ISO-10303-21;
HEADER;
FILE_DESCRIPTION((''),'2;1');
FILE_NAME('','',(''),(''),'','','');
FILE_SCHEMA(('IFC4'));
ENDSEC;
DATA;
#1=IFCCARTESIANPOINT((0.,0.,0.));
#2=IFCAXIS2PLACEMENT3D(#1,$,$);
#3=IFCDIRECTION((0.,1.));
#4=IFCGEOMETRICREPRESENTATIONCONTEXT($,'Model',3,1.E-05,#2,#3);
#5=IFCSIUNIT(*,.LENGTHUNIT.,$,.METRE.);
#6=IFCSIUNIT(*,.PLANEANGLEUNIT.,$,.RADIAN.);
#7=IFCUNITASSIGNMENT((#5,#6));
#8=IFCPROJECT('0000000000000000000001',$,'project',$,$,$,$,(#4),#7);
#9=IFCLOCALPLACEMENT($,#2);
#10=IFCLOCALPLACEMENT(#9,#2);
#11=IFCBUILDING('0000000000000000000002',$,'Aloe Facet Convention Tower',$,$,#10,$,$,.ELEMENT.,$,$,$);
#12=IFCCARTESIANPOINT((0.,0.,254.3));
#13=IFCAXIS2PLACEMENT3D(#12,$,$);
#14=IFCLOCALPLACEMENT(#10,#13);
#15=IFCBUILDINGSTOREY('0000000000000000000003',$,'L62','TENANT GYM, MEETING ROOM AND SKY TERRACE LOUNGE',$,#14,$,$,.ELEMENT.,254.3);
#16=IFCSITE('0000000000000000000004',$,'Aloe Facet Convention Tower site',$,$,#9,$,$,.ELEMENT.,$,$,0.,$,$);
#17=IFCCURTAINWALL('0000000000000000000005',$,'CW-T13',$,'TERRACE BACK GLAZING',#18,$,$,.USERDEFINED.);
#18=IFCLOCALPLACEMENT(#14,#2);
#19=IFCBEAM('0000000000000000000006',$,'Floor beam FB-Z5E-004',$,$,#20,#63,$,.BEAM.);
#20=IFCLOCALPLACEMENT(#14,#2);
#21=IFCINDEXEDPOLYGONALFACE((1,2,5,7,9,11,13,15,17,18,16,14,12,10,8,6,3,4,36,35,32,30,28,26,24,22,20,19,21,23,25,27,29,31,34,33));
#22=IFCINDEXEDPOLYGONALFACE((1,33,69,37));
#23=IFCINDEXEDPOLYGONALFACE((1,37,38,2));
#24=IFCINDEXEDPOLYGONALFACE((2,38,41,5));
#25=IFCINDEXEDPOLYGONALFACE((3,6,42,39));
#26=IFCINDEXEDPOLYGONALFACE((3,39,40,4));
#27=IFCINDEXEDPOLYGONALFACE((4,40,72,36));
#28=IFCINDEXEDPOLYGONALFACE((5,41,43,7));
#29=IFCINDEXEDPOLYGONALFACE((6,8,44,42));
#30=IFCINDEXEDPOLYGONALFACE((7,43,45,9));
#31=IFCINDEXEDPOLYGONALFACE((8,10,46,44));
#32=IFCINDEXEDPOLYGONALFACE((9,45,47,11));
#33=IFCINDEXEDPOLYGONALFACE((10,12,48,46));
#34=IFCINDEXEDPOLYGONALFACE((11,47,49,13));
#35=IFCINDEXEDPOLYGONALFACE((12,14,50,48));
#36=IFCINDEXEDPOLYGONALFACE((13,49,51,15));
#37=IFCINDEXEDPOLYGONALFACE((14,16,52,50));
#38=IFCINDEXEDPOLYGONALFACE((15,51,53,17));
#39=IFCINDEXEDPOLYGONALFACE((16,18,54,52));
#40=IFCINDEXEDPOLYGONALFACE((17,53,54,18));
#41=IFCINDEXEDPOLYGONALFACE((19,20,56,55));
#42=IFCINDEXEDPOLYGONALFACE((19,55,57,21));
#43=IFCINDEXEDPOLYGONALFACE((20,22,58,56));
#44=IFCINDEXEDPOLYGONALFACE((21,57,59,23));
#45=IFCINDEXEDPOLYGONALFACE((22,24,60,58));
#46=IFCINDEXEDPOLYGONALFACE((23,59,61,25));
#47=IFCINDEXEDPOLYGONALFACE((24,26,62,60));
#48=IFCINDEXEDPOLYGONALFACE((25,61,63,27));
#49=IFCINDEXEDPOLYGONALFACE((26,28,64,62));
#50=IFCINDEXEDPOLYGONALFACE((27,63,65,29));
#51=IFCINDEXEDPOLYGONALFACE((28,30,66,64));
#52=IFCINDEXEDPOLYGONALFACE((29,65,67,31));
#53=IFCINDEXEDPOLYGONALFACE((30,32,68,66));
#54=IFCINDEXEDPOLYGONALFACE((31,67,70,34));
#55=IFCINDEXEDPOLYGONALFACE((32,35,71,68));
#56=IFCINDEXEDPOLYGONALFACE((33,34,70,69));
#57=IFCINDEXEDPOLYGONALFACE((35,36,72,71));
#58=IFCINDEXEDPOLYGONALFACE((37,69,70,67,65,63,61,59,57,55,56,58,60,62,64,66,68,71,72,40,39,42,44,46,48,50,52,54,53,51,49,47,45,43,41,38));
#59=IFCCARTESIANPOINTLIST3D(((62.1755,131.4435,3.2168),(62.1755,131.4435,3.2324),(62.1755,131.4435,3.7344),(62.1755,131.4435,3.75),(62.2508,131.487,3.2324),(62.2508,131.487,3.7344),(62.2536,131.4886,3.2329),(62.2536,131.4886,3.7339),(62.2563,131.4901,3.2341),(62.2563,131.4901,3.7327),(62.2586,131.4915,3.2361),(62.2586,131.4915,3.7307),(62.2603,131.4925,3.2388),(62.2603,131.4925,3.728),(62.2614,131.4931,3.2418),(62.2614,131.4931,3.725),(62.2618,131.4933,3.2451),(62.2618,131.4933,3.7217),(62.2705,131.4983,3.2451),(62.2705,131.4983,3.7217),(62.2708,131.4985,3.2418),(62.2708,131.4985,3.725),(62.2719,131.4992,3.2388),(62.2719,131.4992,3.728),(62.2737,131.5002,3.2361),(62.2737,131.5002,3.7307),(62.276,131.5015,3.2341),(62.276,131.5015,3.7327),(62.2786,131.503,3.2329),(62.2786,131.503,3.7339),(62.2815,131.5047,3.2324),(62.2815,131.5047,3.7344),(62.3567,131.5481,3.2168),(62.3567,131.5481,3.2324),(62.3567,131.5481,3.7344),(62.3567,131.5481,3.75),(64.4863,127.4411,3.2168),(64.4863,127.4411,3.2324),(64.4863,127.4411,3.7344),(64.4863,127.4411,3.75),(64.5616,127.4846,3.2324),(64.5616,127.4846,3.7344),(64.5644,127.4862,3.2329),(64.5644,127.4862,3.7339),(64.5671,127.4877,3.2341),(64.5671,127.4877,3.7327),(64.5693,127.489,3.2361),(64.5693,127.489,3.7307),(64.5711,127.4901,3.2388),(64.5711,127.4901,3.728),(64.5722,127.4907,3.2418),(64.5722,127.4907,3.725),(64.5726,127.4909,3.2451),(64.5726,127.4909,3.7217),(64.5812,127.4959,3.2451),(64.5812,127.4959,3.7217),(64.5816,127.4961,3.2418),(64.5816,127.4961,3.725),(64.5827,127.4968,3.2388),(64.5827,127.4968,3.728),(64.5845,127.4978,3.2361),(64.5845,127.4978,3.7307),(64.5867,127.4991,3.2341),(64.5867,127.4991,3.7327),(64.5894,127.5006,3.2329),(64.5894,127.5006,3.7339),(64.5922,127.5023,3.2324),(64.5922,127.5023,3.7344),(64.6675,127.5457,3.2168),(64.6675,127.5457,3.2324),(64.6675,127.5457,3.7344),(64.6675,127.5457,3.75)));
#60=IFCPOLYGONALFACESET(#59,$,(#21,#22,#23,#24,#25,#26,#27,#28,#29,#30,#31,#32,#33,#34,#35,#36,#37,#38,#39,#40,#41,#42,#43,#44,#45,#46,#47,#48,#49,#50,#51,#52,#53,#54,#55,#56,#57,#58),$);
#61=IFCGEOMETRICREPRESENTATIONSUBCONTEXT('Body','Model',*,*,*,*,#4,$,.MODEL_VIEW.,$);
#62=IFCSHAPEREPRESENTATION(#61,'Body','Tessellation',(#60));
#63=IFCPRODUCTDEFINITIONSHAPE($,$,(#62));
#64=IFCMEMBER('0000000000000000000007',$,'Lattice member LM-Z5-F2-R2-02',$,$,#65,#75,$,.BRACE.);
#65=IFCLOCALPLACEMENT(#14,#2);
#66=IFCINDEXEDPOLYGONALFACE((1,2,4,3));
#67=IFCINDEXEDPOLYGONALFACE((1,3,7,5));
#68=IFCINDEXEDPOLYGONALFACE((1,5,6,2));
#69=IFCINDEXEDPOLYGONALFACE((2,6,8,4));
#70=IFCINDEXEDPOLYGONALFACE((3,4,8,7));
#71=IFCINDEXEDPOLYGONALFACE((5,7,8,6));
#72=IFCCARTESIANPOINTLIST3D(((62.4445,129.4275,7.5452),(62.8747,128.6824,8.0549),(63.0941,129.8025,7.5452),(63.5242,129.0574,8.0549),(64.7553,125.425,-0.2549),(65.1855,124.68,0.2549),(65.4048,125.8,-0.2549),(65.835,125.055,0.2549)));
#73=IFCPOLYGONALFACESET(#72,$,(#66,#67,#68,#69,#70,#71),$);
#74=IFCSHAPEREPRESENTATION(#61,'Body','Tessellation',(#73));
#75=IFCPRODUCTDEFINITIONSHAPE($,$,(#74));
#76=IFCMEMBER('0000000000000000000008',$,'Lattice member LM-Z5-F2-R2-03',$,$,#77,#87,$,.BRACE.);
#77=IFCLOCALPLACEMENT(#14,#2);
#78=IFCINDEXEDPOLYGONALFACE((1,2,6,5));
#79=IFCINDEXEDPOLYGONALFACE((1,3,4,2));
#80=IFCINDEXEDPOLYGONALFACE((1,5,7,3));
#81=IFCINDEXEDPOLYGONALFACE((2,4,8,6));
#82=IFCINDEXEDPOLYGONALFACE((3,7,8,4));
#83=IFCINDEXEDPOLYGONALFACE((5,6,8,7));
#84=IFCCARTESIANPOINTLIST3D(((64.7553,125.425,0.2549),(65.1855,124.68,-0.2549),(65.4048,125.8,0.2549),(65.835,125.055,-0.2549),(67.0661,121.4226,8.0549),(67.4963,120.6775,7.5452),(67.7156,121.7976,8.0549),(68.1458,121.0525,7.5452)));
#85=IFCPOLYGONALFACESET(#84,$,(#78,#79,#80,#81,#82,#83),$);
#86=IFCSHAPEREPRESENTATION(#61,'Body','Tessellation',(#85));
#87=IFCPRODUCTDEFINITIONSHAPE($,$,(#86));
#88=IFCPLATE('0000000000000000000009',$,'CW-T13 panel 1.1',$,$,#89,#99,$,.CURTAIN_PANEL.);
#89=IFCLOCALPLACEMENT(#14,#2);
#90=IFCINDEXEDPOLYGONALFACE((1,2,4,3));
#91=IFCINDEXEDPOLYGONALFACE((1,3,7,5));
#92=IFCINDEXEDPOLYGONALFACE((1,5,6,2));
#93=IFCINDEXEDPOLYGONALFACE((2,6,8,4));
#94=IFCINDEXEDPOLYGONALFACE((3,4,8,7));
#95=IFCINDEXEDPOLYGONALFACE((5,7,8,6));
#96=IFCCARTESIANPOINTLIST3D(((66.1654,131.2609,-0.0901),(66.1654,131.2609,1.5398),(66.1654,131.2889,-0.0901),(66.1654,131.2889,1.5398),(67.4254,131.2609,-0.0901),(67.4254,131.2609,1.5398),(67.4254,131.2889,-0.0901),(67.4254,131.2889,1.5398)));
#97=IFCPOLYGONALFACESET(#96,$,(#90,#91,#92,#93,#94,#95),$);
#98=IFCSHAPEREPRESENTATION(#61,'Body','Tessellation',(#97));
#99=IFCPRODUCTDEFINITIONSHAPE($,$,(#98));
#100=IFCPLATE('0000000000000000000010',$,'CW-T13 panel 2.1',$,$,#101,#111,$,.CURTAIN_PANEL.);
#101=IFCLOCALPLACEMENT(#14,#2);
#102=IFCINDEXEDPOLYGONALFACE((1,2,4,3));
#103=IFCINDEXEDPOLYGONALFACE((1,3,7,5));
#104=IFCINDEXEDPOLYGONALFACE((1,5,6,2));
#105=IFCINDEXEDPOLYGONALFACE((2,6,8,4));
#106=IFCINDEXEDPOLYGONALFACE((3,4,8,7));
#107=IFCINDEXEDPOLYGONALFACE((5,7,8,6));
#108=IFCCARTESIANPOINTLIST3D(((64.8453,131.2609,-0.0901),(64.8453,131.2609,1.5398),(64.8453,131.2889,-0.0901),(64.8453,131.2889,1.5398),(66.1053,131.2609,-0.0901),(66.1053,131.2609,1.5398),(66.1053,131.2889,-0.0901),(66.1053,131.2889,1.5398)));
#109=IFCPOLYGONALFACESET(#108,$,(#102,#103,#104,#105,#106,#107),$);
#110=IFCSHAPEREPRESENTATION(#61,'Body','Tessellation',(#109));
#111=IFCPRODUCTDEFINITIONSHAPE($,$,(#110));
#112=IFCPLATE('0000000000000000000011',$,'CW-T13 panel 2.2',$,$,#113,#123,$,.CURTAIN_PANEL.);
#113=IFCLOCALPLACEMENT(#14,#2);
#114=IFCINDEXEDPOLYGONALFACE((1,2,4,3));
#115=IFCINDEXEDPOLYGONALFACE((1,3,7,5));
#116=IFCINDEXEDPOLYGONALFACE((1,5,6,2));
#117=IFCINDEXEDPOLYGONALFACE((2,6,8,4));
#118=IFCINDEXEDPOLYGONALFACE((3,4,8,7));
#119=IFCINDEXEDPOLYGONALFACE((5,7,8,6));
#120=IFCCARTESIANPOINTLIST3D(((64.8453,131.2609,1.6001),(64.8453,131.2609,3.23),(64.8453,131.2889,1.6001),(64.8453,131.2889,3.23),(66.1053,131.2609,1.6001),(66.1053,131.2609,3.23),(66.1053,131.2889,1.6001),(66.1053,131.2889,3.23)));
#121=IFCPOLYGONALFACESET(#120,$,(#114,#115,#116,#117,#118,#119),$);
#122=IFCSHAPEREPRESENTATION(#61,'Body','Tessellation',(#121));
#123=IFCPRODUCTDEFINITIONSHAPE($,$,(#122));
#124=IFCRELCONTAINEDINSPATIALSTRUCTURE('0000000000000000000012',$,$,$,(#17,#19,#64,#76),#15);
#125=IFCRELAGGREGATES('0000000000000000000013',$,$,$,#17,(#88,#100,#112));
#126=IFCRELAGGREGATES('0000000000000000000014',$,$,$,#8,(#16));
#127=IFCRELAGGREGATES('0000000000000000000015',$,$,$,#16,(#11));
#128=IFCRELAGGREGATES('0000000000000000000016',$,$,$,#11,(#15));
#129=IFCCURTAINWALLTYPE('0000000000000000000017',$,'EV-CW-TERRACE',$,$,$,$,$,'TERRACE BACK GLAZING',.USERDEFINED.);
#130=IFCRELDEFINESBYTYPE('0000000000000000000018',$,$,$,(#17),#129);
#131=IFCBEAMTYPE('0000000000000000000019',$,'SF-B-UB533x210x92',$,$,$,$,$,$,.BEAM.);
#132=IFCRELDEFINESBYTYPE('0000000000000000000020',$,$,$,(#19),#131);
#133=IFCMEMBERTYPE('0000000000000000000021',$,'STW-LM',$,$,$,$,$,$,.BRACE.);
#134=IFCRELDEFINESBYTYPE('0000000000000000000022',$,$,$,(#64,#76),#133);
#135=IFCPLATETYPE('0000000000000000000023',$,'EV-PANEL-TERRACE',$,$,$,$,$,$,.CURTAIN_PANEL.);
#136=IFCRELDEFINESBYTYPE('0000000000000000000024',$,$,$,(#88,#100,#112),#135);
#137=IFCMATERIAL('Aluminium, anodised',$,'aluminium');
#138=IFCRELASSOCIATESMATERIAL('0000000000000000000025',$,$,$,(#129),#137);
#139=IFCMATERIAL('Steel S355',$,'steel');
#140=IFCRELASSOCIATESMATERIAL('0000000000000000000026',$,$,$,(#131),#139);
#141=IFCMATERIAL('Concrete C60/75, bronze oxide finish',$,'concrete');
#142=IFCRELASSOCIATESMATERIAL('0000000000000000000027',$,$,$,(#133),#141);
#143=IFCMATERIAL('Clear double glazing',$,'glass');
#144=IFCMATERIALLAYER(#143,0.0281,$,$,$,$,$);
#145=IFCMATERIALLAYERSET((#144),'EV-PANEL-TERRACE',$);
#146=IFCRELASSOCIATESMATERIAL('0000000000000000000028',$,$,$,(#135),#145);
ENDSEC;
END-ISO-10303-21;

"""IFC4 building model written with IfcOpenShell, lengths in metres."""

from ifc_helpers import new_model, si_unit, direction, frame, origin, origin_2d, place, context, subcontext, project, spatial, rectangle, i_section, extrude, material, layer, layer_set, material_profile, profile_set, type_object, element, aggregate, save


model = new_model("IFC4")

# Units and contexts
model_context = context("Model", 3, precision=1e-05, world=origin(), true_north=direction((0.0, 1.0)))
body_context = subcontext(model_context, "Body", "Model", "MODEL_VIEW")
ifc_project = project(units=[si_unit("LENGTHUNIT", "METRE"), si_unit("PLANEANGLEUNIT", "RADIAN")], contexts=[model_context])

# Site, building, storey
site_placement = place(None, origin())
site = spatial("IfcSite", under=ifc_project, at=site_placement, Name="Aloe Facet Convention Tower site", CompositionType="ELEMENT", RefElevation=0.0)
building_placement = place(site_placement, origin())
building = spatial("IfcBuilding", under=site, at=building_placement, Name="Aloe Facet Convention Tower", CompositionType="ELEMENT")
storey_placement = place(building_placement, frame((0.0, 0.0, 254.3)))
storey = spatial("IfcBuildingStorey", under=building, at=storey_placement, Name="L62", Description="TENANT GYM, MEETING ROOM AND SKY TERRACE LOUNGE", CompositionType="ELEMENT", Elevation=254.3)

# Curtain wall
ifc_material_1 = material(Name="Aluminium, anodised", Category="aluminium")
curtain_wall_type = type_object("IfcCurtainWallType", Name="EV-CW-TERRACE", ElementType="TERRACE BACK GLAZING", PredefinedType="USERDEFINED", material=ifc_material_1)
curtain_wall_placement = place(storey_placement, origin())
curtain_wall = element("IfcCurtainWall", 1, at=curtain_wall_placement, inside=storey, type_object=curtain_wall_type, Name="CW-T13", ObjectType="TERRACE BACK GLAZING", PredefinedType="USERDEFINED")

# Beam
ifc_material_2 = material(Name="Steel S355", Category="steel")
ifc_material_profile_1 = material_profile(ifc_material_2, i_section(OverallWidth=0.2092, OverallDepth=0.5332, WebThickness=0.01, FlangeThickness=0.0156, FilletRadius=0.0127, at=origin_2d()), Name="UB 533x210x92")
ifc_profile_set_1 = profile_set([ifc_material_profile_1], Name="Steel S355")
beam_type_1 = type_object("IfcBeamType", Name="SF-B-UB533x210x92", PredefinedType="BEAM", material=ifc_profile_set_1)
beam_1_placement = place(storey_placement, frame((64.5769, 127.4934, 3.4834), z_axis=(-0.499997, 0.866027, 0.0), x_axis=(-0.866027, -0.499997, 0.0)))
element("IfcBeam", 2, at=beam_1_placement, inside=storey, type_object=beam_type_1, Name="Floor beam FB-Z5E-004", PredefinedType="BEAM", context=body_context, shape_type="SweptSolid", body=[
    extrude(i_section(OverallWidth=0.2092, OverallDepth=0.5332, WebThickness=0.01, FlangeThickness=0.0156, FilletRadius=0.0127, at=origin_2d()), origin(), (0.0, 0.0, 1.0), 4.6216),
])

# Members
ifc_material_3 = material(Name="Concrete C60/75, bronze oxide finish", Category="concrete")
ifc_material_profile_2 = material_profile(ifc_material_3, rectangle(XDim=0.75, YDim=1.0, at=origin_2d()), Name="STW-LM")
ifc_profile_set_2 = profile_set([ifc_material_profile_2], Name="Concrete C60/75, bronze oxide finish")
member_type_1 = type_object("IfcMemberType", Name="STW-LM", PredefinedType="BRACE", material=ifc_profile_set_2)
for number, where, z_axis, x_axis, name in (
    (3, (65.2952, 125.24, 0.0), (-0.254873, 0.441458, 0.860322), (-0.866027, -0.499997, 0.0), "Lattice member LM-Z5-F2-R2-02"),
    (4, (65.2952, 125.24, 0.0), (0.254873, -0.441458, 0.860322), (0.866027, 0.499997, 0.0), "Lattice member LM-Z5-F2-R2-03"),
):
    element("IfcMember", number, at=place(storey_placement, frame(where, z_axis=z_axis, x_axis=x_axis)), inside=storey, type_object=member_type_1, Name=name, PredefinedType="BRACE", context=body_context, shape_type="SweptSolid", body=[
        extrude(rectangle(XDim=0.75, YDim=1.0, at=origin_2d()), origin(), (0.0, 0.0, 1.0), 9.0664),
    ])

# Plates
ifc_material_4 = material(Name="Clear double glazing", Category="glass")
ifc_layer = layer(ifc_material_4, 0.0281)
ifc_layer_set = layer_set([ifc_layer], Name="EV-PANEL-TERRACE")
plate_type = type_object("IfcPlateType", Name="EV-PANEL-TERRACE", PredefinedType="CURTAIN_PANEL", material=ifc_layer_set)
plate_1_placement = place(storey_placement, frame((66.7954, 131.2749, -0.0901), z_axis=(0.0, 0.0, 1.0), x_axis=(-1.0, 0.0, 0.0)))
plate_1 = element("IfcPlate", 5, at=plate_1_placement, type_object=plate_type, Name="CW-T13 panel 1.1", PredefinedType="CURTAIN_PANEL", context=body_context, shape_type="SweptSolid", body=[
    extrude(rectangle(XDim=1.26, YDim=0.0281, at=origin_2d()), origin(), (0.0, 0.0, 1.0), 1.6299),
])
plate_2_placement = place(storey_placement, frame((65.4753, 131.2749, -0.0901), z_axis=(0.0, 0.0, 1.0), x_axis=(-1.0, 0.0, 0.0)))
plate_2 = element("IfcPlate", 6, at=plate_2_placement, type_object=plate_type, Name="CW-T13 panel 2.1", PredefinedType="CURTAIN_PANEL", context=body_context, shape_type="SweptSolid", body=[
    extrude(rectangle(XDim=1.26, YDim=0.0281, at=origin_2d()), origin(), (0.0, 0.0, 1.0), 1.6299),
])
plate_3_placement = place(storey_placement, frame((65.4753, 131.2749, 1.6001), z_axis=(0.0, 0.0, 1.0), x_axis=(-1.0, 0.0, 0.0)))
plate_3 = element("IfcPlate", 7, at=plate_3_placement, type_object=plate_type, Name="CW-T13 panel 2.2", PredefinedType="CURTAIN_PANEL", context=body_context, shape_type="SweptSolid", body=[
    extrude(rectangle(XDim=1.26, YDim=0.0281, at=origin_2d()), origin(), (0.0, 0.0, 1.0), 1.6299),
])
aggregate(curtain_wall, [plate_1, plate_2, plate_3])

save(model, "model.ifc")
